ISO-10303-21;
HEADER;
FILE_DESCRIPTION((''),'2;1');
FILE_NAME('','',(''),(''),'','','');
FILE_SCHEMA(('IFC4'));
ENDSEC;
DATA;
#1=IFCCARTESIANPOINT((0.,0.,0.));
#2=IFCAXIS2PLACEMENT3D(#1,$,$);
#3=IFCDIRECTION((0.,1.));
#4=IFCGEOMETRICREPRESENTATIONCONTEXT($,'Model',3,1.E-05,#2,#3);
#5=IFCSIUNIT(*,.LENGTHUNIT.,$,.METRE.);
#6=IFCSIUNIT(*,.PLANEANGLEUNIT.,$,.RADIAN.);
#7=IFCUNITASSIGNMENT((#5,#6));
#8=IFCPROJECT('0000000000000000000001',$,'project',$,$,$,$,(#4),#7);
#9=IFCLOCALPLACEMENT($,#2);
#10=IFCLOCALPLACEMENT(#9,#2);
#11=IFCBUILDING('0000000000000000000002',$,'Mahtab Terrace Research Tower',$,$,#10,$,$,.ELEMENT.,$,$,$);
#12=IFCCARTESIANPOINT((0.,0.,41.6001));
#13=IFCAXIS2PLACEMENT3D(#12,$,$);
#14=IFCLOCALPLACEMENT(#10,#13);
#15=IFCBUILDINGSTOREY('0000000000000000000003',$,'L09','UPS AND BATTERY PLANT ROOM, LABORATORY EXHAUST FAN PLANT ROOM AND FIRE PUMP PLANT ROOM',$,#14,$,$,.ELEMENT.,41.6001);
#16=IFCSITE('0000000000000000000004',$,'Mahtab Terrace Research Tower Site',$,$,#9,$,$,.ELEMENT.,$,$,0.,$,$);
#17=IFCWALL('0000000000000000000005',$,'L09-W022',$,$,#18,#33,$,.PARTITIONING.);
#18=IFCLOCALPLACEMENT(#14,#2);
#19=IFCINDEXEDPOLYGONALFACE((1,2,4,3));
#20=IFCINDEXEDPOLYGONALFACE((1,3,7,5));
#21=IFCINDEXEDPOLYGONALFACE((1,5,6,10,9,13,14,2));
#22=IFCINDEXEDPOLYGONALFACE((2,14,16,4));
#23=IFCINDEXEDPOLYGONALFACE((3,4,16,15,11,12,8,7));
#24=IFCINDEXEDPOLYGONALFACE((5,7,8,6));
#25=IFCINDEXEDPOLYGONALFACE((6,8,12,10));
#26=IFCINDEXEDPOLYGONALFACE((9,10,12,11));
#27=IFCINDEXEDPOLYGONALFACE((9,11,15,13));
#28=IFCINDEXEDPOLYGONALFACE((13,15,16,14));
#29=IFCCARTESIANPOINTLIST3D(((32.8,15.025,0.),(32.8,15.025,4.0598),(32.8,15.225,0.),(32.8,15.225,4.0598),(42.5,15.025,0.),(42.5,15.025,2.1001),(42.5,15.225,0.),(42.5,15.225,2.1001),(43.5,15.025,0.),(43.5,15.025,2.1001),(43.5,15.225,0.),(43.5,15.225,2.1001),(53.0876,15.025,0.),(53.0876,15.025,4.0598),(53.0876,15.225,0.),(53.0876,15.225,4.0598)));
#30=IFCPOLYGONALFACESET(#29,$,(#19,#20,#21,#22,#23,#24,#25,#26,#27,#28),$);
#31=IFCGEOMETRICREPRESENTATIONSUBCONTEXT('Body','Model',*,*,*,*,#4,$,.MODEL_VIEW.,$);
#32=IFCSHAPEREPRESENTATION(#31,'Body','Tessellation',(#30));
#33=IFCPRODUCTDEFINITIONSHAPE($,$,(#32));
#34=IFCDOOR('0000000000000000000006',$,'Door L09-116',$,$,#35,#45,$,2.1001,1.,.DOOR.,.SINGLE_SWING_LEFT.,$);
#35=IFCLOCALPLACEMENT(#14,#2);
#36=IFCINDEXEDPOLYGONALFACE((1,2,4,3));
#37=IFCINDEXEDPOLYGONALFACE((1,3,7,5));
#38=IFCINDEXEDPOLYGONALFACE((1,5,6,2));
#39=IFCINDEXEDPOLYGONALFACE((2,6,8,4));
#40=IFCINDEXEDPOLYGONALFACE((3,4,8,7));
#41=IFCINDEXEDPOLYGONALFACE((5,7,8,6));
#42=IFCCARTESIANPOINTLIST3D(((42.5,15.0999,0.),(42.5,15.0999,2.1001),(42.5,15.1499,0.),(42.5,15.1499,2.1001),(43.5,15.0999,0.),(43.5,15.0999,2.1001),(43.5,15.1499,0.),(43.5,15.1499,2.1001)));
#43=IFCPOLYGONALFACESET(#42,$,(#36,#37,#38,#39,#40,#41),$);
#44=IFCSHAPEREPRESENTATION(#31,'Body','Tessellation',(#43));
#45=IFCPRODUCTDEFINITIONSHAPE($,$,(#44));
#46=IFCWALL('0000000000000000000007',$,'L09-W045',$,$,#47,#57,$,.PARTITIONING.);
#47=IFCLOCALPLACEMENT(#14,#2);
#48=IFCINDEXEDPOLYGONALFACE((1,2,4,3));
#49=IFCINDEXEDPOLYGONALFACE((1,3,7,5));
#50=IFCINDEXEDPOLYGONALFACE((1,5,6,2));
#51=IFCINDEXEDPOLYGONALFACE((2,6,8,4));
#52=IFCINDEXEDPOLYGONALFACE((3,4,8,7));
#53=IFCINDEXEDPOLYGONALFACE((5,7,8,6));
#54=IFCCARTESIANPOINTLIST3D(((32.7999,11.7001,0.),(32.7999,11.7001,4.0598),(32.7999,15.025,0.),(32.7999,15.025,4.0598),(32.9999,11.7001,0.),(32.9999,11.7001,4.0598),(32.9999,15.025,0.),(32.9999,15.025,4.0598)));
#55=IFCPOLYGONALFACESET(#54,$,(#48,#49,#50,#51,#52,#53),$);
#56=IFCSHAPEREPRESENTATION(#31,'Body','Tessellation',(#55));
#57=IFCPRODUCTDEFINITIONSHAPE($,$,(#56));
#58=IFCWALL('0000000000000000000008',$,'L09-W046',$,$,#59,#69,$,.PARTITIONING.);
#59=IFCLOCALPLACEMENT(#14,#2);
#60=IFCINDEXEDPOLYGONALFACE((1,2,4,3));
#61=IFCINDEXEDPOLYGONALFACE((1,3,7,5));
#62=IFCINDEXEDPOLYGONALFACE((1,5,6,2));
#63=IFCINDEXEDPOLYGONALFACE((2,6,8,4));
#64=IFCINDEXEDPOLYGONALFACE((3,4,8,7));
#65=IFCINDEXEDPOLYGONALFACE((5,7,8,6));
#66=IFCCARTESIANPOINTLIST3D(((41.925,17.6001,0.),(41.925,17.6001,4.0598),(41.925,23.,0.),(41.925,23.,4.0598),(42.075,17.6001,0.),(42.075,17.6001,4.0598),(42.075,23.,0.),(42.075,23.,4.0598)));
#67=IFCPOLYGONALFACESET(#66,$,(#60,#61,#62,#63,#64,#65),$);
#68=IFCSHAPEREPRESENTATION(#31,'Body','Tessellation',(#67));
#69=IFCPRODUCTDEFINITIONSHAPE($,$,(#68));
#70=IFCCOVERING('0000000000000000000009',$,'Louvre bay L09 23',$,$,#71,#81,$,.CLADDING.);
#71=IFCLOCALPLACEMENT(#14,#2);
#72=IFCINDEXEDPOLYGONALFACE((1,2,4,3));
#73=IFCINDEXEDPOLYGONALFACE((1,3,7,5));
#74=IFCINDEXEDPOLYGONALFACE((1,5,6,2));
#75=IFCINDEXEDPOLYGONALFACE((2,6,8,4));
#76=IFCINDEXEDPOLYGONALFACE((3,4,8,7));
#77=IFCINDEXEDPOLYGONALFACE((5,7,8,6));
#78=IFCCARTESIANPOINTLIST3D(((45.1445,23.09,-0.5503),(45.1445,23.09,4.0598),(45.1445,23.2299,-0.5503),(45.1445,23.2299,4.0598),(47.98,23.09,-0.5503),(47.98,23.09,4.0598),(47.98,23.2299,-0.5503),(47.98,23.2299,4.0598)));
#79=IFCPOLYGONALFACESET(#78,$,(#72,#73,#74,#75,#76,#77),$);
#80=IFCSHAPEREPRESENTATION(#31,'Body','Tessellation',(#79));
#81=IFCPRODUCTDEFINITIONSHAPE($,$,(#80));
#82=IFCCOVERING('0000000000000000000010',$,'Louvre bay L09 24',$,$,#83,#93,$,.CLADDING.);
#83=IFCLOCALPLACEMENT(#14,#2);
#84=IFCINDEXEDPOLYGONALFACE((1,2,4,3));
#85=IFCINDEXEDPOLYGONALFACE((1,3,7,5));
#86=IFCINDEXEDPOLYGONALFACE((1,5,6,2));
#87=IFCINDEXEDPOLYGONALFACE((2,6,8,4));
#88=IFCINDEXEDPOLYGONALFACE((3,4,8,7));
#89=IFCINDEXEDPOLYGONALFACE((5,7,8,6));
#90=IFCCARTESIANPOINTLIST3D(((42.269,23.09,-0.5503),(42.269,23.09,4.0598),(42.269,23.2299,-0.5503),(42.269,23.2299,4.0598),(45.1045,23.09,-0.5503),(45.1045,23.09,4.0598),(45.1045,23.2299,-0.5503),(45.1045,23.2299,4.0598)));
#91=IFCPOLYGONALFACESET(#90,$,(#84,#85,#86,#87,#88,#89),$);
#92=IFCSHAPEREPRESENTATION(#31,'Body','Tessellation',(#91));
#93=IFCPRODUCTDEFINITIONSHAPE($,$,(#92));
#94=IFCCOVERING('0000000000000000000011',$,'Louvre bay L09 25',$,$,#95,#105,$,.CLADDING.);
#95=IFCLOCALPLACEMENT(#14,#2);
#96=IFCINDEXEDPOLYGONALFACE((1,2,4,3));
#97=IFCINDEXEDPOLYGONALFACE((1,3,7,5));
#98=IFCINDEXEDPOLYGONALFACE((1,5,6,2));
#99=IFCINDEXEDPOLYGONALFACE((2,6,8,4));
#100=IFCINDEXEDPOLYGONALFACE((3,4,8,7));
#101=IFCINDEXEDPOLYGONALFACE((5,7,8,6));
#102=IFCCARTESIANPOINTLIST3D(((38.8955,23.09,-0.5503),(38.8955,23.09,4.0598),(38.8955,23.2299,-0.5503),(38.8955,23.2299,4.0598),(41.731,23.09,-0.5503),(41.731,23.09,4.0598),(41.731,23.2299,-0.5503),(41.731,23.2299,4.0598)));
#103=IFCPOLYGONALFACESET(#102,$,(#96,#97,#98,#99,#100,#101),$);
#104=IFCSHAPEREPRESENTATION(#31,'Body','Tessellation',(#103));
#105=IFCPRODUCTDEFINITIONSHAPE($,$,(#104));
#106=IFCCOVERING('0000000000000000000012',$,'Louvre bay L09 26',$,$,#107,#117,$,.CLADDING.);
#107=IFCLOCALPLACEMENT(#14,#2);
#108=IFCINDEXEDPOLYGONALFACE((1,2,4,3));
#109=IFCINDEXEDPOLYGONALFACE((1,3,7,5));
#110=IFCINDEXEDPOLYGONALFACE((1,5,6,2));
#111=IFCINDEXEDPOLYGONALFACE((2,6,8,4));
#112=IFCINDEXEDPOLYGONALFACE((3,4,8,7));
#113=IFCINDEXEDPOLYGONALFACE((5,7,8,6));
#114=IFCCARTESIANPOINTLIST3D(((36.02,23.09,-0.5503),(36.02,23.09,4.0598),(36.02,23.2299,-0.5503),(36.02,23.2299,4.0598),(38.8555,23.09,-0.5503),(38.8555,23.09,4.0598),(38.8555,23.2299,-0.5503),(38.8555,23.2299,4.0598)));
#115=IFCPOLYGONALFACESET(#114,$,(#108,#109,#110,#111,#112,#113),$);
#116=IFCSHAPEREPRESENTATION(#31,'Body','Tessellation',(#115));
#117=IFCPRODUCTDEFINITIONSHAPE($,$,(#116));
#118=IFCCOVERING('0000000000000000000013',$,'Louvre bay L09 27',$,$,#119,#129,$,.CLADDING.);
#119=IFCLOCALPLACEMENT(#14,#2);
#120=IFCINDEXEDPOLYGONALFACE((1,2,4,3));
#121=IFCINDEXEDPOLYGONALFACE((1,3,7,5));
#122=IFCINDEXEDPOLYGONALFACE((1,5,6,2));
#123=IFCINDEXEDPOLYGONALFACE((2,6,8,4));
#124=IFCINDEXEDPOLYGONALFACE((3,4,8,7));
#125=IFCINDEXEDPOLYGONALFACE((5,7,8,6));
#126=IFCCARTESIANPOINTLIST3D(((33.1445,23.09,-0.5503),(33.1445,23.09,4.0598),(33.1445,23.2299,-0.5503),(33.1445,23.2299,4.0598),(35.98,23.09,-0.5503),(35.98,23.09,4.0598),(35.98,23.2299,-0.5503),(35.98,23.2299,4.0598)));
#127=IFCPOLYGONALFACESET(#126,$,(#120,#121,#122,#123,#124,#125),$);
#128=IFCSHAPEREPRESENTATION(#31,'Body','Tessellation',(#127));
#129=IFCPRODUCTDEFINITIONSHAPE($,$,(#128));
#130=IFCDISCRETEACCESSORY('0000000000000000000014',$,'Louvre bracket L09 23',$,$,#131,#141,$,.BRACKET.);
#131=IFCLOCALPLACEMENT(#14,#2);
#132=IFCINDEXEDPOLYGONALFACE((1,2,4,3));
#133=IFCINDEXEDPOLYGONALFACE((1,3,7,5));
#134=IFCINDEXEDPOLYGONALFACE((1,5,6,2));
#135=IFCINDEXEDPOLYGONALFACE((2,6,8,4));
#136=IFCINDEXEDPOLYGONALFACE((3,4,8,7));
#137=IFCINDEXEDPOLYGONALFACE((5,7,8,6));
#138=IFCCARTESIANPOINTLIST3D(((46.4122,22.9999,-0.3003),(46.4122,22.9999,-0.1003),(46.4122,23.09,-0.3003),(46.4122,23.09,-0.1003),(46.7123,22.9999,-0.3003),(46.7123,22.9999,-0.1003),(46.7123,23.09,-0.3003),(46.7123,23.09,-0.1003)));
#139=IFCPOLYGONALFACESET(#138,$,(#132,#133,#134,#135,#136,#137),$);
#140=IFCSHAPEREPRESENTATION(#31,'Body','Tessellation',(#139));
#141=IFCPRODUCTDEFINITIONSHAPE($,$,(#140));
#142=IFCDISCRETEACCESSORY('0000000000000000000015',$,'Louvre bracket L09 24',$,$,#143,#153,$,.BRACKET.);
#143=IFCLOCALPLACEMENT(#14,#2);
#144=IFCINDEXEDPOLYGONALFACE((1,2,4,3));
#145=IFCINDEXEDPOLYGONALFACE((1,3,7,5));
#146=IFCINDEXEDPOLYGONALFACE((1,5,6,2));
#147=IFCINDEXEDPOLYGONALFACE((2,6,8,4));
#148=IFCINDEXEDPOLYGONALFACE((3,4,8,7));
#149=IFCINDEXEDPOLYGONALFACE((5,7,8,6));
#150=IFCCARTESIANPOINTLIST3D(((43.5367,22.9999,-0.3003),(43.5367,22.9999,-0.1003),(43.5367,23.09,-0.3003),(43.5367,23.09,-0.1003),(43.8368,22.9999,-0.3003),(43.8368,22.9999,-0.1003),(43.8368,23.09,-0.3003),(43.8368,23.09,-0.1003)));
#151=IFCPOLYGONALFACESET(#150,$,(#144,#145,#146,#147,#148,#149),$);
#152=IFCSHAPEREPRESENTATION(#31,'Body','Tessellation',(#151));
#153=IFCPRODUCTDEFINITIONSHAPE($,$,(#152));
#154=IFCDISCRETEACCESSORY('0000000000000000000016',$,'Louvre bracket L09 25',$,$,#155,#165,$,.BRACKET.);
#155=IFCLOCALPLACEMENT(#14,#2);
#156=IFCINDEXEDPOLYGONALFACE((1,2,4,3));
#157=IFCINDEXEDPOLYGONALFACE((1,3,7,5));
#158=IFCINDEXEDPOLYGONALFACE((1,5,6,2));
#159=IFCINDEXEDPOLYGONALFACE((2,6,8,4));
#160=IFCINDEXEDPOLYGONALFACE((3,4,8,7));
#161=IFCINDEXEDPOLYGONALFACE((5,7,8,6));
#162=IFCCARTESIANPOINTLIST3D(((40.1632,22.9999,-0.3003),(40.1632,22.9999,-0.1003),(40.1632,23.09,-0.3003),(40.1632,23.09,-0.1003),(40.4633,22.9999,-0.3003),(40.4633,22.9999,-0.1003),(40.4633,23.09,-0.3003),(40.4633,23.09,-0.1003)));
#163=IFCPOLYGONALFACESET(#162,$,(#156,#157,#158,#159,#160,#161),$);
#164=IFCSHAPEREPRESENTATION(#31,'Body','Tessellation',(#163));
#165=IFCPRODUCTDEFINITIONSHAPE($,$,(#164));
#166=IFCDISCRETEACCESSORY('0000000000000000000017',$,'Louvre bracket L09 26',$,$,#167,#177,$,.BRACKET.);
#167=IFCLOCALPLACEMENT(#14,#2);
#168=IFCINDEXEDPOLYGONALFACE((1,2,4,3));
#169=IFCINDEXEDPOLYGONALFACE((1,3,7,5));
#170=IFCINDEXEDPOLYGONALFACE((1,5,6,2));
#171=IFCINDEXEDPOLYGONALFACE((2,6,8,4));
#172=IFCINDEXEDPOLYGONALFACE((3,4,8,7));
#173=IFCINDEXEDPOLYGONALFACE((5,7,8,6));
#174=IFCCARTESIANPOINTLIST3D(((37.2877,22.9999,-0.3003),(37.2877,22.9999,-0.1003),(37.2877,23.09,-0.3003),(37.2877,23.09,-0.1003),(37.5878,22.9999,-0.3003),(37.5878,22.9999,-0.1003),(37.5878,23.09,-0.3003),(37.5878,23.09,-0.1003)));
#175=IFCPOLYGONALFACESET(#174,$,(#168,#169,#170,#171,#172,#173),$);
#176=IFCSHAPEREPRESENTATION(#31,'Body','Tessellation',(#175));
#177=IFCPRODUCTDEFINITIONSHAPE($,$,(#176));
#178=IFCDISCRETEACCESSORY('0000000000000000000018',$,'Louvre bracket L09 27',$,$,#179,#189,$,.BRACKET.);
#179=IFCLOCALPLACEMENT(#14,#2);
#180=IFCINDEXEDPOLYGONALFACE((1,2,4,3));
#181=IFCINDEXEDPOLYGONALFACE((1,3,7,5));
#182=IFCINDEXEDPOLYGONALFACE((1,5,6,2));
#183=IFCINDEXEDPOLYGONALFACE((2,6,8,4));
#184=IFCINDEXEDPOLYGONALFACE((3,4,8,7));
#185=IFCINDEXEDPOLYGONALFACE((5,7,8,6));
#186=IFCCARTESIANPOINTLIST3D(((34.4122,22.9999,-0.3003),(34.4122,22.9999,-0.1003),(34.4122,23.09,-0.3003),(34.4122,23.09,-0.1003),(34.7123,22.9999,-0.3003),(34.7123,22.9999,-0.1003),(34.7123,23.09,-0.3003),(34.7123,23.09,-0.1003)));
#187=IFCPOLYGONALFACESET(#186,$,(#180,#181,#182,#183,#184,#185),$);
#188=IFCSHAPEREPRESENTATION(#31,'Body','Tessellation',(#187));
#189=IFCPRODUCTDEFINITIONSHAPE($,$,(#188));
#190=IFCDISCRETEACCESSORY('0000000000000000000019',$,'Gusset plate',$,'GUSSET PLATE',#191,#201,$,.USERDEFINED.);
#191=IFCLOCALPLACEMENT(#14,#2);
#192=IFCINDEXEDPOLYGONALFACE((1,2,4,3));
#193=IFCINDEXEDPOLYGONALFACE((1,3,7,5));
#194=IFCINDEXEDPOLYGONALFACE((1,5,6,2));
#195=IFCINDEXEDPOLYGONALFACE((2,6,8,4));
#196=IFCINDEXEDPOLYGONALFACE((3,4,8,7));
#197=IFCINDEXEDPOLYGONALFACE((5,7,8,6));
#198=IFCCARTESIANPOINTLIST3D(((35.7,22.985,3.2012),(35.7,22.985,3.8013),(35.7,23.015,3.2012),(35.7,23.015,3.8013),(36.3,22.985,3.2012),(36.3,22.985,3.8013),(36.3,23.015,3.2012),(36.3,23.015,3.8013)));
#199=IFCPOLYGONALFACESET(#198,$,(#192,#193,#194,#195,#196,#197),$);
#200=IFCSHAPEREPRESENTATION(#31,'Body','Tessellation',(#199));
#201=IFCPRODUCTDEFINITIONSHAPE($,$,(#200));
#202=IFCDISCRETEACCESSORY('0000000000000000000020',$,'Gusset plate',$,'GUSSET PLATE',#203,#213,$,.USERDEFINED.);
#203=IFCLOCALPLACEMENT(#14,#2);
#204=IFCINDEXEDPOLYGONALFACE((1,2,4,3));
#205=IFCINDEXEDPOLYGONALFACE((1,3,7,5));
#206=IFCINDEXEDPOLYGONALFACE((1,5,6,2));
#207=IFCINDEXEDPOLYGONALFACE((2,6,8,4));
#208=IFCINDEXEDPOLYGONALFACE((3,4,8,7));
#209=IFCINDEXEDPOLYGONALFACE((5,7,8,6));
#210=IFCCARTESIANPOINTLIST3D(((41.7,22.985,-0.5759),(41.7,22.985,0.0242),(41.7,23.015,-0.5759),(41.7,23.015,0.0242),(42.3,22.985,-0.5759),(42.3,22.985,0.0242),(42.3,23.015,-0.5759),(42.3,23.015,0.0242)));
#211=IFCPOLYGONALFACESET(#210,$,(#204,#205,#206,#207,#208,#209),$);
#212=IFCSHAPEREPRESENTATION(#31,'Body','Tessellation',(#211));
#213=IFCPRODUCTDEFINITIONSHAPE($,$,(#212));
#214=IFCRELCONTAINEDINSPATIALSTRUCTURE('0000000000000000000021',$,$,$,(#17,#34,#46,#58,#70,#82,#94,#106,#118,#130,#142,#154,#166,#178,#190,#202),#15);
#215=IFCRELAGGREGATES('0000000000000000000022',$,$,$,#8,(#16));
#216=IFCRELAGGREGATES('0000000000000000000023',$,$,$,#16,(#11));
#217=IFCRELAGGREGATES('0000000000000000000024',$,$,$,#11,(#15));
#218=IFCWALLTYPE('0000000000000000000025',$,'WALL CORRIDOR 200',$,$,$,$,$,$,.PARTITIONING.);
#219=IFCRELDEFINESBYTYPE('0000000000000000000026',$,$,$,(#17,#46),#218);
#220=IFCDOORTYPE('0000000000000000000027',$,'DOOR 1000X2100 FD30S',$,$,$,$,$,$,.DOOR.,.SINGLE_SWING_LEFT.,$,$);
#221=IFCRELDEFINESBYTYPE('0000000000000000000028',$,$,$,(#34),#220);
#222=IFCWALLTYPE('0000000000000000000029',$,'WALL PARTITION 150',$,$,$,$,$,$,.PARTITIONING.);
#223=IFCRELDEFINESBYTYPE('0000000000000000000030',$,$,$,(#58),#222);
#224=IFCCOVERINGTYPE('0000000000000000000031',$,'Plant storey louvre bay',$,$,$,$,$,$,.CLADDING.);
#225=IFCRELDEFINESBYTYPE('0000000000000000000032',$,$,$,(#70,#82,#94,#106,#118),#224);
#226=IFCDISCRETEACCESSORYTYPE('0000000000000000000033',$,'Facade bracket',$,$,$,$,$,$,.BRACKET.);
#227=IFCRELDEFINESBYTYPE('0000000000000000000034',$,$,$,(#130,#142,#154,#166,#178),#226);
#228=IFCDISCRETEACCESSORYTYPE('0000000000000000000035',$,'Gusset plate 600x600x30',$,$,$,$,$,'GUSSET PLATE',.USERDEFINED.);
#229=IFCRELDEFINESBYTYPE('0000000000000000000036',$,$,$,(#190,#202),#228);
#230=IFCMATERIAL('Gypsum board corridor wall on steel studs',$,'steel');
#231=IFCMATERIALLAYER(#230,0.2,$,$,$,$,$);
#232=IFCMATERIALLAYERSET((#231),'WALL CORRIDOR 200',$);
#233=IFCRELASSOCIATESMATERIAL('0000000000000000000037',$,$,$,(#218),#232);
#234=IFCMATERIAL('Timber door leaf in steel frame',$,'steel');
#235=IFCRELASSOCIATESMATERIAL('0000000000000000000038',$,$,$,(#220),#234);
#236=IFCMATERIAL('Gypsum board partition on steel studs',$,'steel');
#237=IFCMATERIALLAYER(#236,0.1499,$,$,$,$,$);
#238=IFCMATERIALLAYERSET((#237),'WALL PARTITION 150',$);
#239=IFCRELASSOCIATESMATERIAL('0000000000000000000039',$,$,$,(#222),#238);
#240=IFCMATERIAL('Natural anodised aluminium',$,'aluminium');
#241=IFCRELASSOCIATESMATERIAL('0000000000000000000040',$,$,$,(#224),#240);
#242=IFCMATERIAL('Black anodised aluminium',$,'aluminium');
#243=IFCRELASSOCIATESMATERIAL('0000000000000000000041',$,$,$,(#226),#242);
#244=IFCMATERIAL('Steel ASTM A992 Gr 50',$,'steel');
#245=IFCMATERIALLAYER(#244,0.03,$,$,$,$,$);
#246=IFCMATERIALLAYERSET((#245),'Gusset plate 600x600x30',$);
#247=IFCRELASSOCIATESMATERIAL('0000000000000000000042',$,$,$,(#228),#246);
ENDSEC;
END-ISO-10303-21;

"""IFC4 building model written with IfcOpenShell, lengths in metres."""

from ifc_helpers import new_model, si_unit, direction, frame, frame_2d, origin, origin_2d, place, context, subcontext, project, spatial, rectangle, extrude, material, layer, layer_set, type_object, element, fill, save


model = new_model("IFC4")

# Units and contexts
model_context = context("Model", 3, precision=1e-05, world=origin(), true_north=direction((0.0, 1.0)))
body_context = subcontext(model_context, "Body", "Model", "MODEL_VIEW")
ifc_project = project(units=[si_unit("LENGTHUNIT", "METRE"), si_unit("PLANEANGLEUNIT", "RADIAN")], contexts=[model_context])

# Site, building, storey
site_placement = place(None, origin())
site = spatial("IfcSite", under=ifc_project, at=site_placement, Name="Mahtab Terrace Research Tower Site", CompositionType="ELEMENT", RefElevation=0.0)
building_placement = place(site_placement, origin())
building = spatial("IfcBuilding", under=site, at=building_placement, Name="Mahtab Terrace Research Tower", CompositionType="ELEMENT")
storey_placement = place(building_placement, frame((0.0, 0.0, 41.6001)))
storey = spatial("IfcBuildingStorey", under=building, at=storey_placement, Name="L09", Description="UPS AND BATTERY PLANT ROOM, LABORATORY EXHAUST FAN PLANT ROOM AND FIRE PUMP PLANT ROOM", CompositionType="ELEMENT", Elevation=41.6001)

# Shared definitions
ifc_material_1 = material(Name="Steel ASTM A992 Gr 50", Category="steel")

# Wall, opening, door
ifc_material_2 = material(Name="Gypsum board corridor wall on steel studs", Category="steel")
ifc_layer_1 = layer(ifc_material_2, 0.2)
ifc_layer_set_1 = layer_set([ifc_layer_1], Name="WALL CORRIDOR 200")
wall_type_1 = type_object("IfcWallType", Name="WALL CORRIDOR 200", PredefinedType="PARTITIONING", material=ifc_layer_set_1)
wall_1_placement = place(storey_placement, frame((32.8, 15.125, 0.0), z_axis=(0.0, 0.0, 1.0), x_axis=(1.0, 0.0, 0.0)))
wall_1 = element("IfcWall", 1, at=wall_1_placement, inside=storey, type_object=wall_type_1, Name="L09-W022", PredefinedType="PARTITIONING", context=body_context, shape_type="SweptSolid", body=[
    extrude(rectangle(XDim=20.2876, YDim=0.2, at=frame_2d((10.1438, 0.0))), origin(), (0.0, 0.0, 1.0), 4.0598),
])
opening_placement = place(wall_1_placement, frame((9.7, 0.0, 0.0)))
opening = element("IfcOpeningElement", 2, at=opening_placement, cuts=wall_1, PredefinedType="OPENING", context=body_context, shape_type="SweptSolid", body=[
    extrude(rectangle(XDim=1.0, YDim=2.1001, at=frame_2d((0.5, 1.05))), frame((0.0, 0.1099, 0.0), z_axis=(0.0, -1.0, 0.0), x_axis=(1.0, 0.0, 0.0)), (0.0, 0.0, 1.0), 0.22),
])
ifc_material_3 = material(Name="Timber door leaf in steel frame", Category="steel")
door_type = type_object("IfcDoorType", Name="DOOR 1000X2100 FD30S", OperationType="SINGLE_SWING_LEFT", PredefinedType="DOOR", material=ifc_material_3)
door_placement = place(opening_placement, origin())
door = element("IfcDoor", 3, at=door_placement, inside=storey, type_object=door_type, Name="Door L09-116", OperationType="SINGLE_SWING_LEFT", OverallHeight=2.1001, OverallWidth=1.0, PredefinedType="DOOR", context=body_context, shape_type="SweptSolid", body=[
    extrude(rectangle(XDim=1.0, YDim=2.1001, at=frame_2d((0.5, 1.05))), frame((0.0, 0.0249, 0.0), z_axis=(0.0, -1.0, 0.0), x_axis=(1.0, 0.0, 0.0)), (0.0, 0.0, 1.0), 0.05),
])
fill(opening, door)

# Walls
wall_2_placement = place(storey_placement, frame((32.8999, 11.7, 0.0), z_axis=(0.0, 0.0, 1.0), x_axis=(0.0, 1.0, 0.0)))
element("IfcWall", 4, at=wall_2_placement, inside=storey, type_object=wall_type_1, Name="L09-W045", PredefinedType="PARTITIONING", context=body_context, shape_type="SweptSolid", body=[
    extrude(rectangle(XDim=3.325, YDim=0.2, at=frame_2d((1.6626, 0.0))), origin(), (0.0, 0.0, 1.0), 4.0598),
])
ifc_material_4 = material(Name="Gypsum board partition on steel studs", Category="steel")
ifc_layer_2 = layer(ifc_material_4, 0.1499)
ifc_layer_set_2 = layer_set([ifc_layer_2], Name="WALL PARTITION 150")
wall_type_2 = type_object("IfcWallType", Name="WALL PARTITION 150", PredefinedType="PARTITIONING", material=ifc_layer_set_2)
wall_3_placement = place(storey_placement, frame((42.0, 17.6001, 0.0), z_axis=(0.0, 0.0, 1.0), x_axis=(0.0, 1.0, 0.0)))
element("IfcWall", 5, at=wall_3_placement, inside=storey, type_object=wall_type_2, Name="L09-W046", PredefinedType="PARTITIONING", context=body_context, shape_type="SweptSolid", body=[
    extrude(rectangle(XDim=5.3999, YDim=0.1499, at=frame_2d((2.7, 0.0))), origin(), (0.0, 0.0, 1.0), 4.0598),
])

# Coverings
ifc_material_5 = material(Name="Natural anodised aluminium", Category="aluminium")
covering_type = type_object("IfcCoveringType", Name="Plant storey louvre bay", PredefinedType="CLADDING", material=ifc_material_5)
for number, where, z_axis, x_axis, name in (
    (6, (46.5623, 23.1599, -0.5503), (0.0, 0.0, 1.0), (-1.0, 0.0, 0.0), "Louvre bay L09 23"),
    (7, (43.6868, 23.1599, -0.5503), (0.0, 0.0, 1.0), (-1.0, 0.0, 0.0), "Louvre bay L09 24"),
    (8, (40.3132, 23.1599, -0.5503), (0.0, 0.0, 1.0), (-1.0, 0.0, 0.0), "Louvre bay L09 25"),
    (9, (37.4377, 23.1599, -0.5503), (0.0, 0.0, 1.0), (-1.0, 0.0, 0.0), "Louvre bay L09 26"),
    (10, (34.5623, 23.1599, -0.5503), (0.0, 0.0, 1.0), (-1.0, 0.0, 0.0), "Louvre bay L09 27"),
):
    element("IfcCovering", number, at=place(storey_placement, frame(where, z_axis=z_axis, x_axis=x_axis)), inside=storey, type_object=covering_type, Name=name, PredefinedType="CLADDING", context=body_context, shape_type="SweptSolid", body=[
        extrude(rectangle(XDim=2.8354, YDim=0.1399, at=origin_2d()), origin(), (0.0, 0.0, 1.0), 4.6101),
    ])

# Discrete accessories
ifc_material_6 = material(Name="Black anodised aluminium", Category="aluminium")
discrete_accessory_type_1 = type_object("IfcDiscreteAccessoryType", Name="Facade bracket", PredefinedType="BRACKET", material=ifc_material_6)
for number, where, z_axis, x_axis, name in (
    (11, (46.5623, 23.0449, -0.3003), (0.0, 0.0, 1.0), (-1.0, 0.0, 0.0), "Louvre bracket L09 23"),
    (12, (43.6868, 23.0449, -0.3003), (0.0, 0.0, 1.0), (-1.0, 0.0, 0.0), "Louvre bracket L09 24"),
    (13, (40.3132, 23.0449, -0.3003), (0.0, 0.0, 1.0), (-1.0, 0.0, 0.0), "Louvre bracket L09 25"),
    (14, (37.4377, 23.0449, -0.3003), (0.0, 0.0, 1.0), (-1.0, 0.0, 0.0), "Louvre bracket L09 26"),
    (15, (34.5623, 23.0449, -0.3003), (0.0, 0.0, 1.0), (-1.0, 0.0, 0.0), "Louvre bracket L09 27"),
):
    element("IfcDiscreteAccessory", number, at=place(storey_placement, frame(where, z_axis=z_axis, x_axis=x_axis)), inside=storey, type_object=discrete_accessory_type_1, Name=name, PredefinedType="BRACKET", context=body_context, shape_type="SweptSolid", body=[
        extrude(rectangle(XDim=0.3, YDim=0.0901, at=origin_2d()), origin(), (0.0, 0.0, 1.0), 0.2),
    ])
ifc_layer_3 = layer(ifc_material_1, 0.03)
ifc_layer_set_3 = layer_set([ifc_layer_3], Name="Gusset plate 600x600x30")
discrete_accessory_type_2 = type_object("IfcDiscreteAccessoryType", Name="Gusset plate 600x600x30", ElementType="GUSSET PLATE", PredefinedType="USERDEFINED", material=ifc_layer_set_3)
for number, where, z_axis, x_axis, name in (
    (16, (36.0, 23.0, 3.2012), (0.0, 0.0, 1.0), (1.0, 0.0, 0.0), "Gusset plate"),
    (17, (42.0, 23.0, -0.5759), (0.0, 0.0, 1.0), (1.0, 0.0, 0.0), "Gusset plate"),
):
    element("IfcDiscreteAccessory", number, at=place(storey_placement, frame(where, z_axis=z_axis, x_axis=x_axis)), inside=storey, type_object=discrete_accessory_type_2, Name=name, ObjectType="GUSSET PLATE", PredefinedType="USERDEFINED", context=body_context, shape_type="SweptSolid", body=[
        extrude(rectangle(XDim=0.6001, YDim=0.03, at=origin_2d()), origin(), (0.0, 0.0, 1.0), 0.6001),
    ])

save(model, "model.ifc")
